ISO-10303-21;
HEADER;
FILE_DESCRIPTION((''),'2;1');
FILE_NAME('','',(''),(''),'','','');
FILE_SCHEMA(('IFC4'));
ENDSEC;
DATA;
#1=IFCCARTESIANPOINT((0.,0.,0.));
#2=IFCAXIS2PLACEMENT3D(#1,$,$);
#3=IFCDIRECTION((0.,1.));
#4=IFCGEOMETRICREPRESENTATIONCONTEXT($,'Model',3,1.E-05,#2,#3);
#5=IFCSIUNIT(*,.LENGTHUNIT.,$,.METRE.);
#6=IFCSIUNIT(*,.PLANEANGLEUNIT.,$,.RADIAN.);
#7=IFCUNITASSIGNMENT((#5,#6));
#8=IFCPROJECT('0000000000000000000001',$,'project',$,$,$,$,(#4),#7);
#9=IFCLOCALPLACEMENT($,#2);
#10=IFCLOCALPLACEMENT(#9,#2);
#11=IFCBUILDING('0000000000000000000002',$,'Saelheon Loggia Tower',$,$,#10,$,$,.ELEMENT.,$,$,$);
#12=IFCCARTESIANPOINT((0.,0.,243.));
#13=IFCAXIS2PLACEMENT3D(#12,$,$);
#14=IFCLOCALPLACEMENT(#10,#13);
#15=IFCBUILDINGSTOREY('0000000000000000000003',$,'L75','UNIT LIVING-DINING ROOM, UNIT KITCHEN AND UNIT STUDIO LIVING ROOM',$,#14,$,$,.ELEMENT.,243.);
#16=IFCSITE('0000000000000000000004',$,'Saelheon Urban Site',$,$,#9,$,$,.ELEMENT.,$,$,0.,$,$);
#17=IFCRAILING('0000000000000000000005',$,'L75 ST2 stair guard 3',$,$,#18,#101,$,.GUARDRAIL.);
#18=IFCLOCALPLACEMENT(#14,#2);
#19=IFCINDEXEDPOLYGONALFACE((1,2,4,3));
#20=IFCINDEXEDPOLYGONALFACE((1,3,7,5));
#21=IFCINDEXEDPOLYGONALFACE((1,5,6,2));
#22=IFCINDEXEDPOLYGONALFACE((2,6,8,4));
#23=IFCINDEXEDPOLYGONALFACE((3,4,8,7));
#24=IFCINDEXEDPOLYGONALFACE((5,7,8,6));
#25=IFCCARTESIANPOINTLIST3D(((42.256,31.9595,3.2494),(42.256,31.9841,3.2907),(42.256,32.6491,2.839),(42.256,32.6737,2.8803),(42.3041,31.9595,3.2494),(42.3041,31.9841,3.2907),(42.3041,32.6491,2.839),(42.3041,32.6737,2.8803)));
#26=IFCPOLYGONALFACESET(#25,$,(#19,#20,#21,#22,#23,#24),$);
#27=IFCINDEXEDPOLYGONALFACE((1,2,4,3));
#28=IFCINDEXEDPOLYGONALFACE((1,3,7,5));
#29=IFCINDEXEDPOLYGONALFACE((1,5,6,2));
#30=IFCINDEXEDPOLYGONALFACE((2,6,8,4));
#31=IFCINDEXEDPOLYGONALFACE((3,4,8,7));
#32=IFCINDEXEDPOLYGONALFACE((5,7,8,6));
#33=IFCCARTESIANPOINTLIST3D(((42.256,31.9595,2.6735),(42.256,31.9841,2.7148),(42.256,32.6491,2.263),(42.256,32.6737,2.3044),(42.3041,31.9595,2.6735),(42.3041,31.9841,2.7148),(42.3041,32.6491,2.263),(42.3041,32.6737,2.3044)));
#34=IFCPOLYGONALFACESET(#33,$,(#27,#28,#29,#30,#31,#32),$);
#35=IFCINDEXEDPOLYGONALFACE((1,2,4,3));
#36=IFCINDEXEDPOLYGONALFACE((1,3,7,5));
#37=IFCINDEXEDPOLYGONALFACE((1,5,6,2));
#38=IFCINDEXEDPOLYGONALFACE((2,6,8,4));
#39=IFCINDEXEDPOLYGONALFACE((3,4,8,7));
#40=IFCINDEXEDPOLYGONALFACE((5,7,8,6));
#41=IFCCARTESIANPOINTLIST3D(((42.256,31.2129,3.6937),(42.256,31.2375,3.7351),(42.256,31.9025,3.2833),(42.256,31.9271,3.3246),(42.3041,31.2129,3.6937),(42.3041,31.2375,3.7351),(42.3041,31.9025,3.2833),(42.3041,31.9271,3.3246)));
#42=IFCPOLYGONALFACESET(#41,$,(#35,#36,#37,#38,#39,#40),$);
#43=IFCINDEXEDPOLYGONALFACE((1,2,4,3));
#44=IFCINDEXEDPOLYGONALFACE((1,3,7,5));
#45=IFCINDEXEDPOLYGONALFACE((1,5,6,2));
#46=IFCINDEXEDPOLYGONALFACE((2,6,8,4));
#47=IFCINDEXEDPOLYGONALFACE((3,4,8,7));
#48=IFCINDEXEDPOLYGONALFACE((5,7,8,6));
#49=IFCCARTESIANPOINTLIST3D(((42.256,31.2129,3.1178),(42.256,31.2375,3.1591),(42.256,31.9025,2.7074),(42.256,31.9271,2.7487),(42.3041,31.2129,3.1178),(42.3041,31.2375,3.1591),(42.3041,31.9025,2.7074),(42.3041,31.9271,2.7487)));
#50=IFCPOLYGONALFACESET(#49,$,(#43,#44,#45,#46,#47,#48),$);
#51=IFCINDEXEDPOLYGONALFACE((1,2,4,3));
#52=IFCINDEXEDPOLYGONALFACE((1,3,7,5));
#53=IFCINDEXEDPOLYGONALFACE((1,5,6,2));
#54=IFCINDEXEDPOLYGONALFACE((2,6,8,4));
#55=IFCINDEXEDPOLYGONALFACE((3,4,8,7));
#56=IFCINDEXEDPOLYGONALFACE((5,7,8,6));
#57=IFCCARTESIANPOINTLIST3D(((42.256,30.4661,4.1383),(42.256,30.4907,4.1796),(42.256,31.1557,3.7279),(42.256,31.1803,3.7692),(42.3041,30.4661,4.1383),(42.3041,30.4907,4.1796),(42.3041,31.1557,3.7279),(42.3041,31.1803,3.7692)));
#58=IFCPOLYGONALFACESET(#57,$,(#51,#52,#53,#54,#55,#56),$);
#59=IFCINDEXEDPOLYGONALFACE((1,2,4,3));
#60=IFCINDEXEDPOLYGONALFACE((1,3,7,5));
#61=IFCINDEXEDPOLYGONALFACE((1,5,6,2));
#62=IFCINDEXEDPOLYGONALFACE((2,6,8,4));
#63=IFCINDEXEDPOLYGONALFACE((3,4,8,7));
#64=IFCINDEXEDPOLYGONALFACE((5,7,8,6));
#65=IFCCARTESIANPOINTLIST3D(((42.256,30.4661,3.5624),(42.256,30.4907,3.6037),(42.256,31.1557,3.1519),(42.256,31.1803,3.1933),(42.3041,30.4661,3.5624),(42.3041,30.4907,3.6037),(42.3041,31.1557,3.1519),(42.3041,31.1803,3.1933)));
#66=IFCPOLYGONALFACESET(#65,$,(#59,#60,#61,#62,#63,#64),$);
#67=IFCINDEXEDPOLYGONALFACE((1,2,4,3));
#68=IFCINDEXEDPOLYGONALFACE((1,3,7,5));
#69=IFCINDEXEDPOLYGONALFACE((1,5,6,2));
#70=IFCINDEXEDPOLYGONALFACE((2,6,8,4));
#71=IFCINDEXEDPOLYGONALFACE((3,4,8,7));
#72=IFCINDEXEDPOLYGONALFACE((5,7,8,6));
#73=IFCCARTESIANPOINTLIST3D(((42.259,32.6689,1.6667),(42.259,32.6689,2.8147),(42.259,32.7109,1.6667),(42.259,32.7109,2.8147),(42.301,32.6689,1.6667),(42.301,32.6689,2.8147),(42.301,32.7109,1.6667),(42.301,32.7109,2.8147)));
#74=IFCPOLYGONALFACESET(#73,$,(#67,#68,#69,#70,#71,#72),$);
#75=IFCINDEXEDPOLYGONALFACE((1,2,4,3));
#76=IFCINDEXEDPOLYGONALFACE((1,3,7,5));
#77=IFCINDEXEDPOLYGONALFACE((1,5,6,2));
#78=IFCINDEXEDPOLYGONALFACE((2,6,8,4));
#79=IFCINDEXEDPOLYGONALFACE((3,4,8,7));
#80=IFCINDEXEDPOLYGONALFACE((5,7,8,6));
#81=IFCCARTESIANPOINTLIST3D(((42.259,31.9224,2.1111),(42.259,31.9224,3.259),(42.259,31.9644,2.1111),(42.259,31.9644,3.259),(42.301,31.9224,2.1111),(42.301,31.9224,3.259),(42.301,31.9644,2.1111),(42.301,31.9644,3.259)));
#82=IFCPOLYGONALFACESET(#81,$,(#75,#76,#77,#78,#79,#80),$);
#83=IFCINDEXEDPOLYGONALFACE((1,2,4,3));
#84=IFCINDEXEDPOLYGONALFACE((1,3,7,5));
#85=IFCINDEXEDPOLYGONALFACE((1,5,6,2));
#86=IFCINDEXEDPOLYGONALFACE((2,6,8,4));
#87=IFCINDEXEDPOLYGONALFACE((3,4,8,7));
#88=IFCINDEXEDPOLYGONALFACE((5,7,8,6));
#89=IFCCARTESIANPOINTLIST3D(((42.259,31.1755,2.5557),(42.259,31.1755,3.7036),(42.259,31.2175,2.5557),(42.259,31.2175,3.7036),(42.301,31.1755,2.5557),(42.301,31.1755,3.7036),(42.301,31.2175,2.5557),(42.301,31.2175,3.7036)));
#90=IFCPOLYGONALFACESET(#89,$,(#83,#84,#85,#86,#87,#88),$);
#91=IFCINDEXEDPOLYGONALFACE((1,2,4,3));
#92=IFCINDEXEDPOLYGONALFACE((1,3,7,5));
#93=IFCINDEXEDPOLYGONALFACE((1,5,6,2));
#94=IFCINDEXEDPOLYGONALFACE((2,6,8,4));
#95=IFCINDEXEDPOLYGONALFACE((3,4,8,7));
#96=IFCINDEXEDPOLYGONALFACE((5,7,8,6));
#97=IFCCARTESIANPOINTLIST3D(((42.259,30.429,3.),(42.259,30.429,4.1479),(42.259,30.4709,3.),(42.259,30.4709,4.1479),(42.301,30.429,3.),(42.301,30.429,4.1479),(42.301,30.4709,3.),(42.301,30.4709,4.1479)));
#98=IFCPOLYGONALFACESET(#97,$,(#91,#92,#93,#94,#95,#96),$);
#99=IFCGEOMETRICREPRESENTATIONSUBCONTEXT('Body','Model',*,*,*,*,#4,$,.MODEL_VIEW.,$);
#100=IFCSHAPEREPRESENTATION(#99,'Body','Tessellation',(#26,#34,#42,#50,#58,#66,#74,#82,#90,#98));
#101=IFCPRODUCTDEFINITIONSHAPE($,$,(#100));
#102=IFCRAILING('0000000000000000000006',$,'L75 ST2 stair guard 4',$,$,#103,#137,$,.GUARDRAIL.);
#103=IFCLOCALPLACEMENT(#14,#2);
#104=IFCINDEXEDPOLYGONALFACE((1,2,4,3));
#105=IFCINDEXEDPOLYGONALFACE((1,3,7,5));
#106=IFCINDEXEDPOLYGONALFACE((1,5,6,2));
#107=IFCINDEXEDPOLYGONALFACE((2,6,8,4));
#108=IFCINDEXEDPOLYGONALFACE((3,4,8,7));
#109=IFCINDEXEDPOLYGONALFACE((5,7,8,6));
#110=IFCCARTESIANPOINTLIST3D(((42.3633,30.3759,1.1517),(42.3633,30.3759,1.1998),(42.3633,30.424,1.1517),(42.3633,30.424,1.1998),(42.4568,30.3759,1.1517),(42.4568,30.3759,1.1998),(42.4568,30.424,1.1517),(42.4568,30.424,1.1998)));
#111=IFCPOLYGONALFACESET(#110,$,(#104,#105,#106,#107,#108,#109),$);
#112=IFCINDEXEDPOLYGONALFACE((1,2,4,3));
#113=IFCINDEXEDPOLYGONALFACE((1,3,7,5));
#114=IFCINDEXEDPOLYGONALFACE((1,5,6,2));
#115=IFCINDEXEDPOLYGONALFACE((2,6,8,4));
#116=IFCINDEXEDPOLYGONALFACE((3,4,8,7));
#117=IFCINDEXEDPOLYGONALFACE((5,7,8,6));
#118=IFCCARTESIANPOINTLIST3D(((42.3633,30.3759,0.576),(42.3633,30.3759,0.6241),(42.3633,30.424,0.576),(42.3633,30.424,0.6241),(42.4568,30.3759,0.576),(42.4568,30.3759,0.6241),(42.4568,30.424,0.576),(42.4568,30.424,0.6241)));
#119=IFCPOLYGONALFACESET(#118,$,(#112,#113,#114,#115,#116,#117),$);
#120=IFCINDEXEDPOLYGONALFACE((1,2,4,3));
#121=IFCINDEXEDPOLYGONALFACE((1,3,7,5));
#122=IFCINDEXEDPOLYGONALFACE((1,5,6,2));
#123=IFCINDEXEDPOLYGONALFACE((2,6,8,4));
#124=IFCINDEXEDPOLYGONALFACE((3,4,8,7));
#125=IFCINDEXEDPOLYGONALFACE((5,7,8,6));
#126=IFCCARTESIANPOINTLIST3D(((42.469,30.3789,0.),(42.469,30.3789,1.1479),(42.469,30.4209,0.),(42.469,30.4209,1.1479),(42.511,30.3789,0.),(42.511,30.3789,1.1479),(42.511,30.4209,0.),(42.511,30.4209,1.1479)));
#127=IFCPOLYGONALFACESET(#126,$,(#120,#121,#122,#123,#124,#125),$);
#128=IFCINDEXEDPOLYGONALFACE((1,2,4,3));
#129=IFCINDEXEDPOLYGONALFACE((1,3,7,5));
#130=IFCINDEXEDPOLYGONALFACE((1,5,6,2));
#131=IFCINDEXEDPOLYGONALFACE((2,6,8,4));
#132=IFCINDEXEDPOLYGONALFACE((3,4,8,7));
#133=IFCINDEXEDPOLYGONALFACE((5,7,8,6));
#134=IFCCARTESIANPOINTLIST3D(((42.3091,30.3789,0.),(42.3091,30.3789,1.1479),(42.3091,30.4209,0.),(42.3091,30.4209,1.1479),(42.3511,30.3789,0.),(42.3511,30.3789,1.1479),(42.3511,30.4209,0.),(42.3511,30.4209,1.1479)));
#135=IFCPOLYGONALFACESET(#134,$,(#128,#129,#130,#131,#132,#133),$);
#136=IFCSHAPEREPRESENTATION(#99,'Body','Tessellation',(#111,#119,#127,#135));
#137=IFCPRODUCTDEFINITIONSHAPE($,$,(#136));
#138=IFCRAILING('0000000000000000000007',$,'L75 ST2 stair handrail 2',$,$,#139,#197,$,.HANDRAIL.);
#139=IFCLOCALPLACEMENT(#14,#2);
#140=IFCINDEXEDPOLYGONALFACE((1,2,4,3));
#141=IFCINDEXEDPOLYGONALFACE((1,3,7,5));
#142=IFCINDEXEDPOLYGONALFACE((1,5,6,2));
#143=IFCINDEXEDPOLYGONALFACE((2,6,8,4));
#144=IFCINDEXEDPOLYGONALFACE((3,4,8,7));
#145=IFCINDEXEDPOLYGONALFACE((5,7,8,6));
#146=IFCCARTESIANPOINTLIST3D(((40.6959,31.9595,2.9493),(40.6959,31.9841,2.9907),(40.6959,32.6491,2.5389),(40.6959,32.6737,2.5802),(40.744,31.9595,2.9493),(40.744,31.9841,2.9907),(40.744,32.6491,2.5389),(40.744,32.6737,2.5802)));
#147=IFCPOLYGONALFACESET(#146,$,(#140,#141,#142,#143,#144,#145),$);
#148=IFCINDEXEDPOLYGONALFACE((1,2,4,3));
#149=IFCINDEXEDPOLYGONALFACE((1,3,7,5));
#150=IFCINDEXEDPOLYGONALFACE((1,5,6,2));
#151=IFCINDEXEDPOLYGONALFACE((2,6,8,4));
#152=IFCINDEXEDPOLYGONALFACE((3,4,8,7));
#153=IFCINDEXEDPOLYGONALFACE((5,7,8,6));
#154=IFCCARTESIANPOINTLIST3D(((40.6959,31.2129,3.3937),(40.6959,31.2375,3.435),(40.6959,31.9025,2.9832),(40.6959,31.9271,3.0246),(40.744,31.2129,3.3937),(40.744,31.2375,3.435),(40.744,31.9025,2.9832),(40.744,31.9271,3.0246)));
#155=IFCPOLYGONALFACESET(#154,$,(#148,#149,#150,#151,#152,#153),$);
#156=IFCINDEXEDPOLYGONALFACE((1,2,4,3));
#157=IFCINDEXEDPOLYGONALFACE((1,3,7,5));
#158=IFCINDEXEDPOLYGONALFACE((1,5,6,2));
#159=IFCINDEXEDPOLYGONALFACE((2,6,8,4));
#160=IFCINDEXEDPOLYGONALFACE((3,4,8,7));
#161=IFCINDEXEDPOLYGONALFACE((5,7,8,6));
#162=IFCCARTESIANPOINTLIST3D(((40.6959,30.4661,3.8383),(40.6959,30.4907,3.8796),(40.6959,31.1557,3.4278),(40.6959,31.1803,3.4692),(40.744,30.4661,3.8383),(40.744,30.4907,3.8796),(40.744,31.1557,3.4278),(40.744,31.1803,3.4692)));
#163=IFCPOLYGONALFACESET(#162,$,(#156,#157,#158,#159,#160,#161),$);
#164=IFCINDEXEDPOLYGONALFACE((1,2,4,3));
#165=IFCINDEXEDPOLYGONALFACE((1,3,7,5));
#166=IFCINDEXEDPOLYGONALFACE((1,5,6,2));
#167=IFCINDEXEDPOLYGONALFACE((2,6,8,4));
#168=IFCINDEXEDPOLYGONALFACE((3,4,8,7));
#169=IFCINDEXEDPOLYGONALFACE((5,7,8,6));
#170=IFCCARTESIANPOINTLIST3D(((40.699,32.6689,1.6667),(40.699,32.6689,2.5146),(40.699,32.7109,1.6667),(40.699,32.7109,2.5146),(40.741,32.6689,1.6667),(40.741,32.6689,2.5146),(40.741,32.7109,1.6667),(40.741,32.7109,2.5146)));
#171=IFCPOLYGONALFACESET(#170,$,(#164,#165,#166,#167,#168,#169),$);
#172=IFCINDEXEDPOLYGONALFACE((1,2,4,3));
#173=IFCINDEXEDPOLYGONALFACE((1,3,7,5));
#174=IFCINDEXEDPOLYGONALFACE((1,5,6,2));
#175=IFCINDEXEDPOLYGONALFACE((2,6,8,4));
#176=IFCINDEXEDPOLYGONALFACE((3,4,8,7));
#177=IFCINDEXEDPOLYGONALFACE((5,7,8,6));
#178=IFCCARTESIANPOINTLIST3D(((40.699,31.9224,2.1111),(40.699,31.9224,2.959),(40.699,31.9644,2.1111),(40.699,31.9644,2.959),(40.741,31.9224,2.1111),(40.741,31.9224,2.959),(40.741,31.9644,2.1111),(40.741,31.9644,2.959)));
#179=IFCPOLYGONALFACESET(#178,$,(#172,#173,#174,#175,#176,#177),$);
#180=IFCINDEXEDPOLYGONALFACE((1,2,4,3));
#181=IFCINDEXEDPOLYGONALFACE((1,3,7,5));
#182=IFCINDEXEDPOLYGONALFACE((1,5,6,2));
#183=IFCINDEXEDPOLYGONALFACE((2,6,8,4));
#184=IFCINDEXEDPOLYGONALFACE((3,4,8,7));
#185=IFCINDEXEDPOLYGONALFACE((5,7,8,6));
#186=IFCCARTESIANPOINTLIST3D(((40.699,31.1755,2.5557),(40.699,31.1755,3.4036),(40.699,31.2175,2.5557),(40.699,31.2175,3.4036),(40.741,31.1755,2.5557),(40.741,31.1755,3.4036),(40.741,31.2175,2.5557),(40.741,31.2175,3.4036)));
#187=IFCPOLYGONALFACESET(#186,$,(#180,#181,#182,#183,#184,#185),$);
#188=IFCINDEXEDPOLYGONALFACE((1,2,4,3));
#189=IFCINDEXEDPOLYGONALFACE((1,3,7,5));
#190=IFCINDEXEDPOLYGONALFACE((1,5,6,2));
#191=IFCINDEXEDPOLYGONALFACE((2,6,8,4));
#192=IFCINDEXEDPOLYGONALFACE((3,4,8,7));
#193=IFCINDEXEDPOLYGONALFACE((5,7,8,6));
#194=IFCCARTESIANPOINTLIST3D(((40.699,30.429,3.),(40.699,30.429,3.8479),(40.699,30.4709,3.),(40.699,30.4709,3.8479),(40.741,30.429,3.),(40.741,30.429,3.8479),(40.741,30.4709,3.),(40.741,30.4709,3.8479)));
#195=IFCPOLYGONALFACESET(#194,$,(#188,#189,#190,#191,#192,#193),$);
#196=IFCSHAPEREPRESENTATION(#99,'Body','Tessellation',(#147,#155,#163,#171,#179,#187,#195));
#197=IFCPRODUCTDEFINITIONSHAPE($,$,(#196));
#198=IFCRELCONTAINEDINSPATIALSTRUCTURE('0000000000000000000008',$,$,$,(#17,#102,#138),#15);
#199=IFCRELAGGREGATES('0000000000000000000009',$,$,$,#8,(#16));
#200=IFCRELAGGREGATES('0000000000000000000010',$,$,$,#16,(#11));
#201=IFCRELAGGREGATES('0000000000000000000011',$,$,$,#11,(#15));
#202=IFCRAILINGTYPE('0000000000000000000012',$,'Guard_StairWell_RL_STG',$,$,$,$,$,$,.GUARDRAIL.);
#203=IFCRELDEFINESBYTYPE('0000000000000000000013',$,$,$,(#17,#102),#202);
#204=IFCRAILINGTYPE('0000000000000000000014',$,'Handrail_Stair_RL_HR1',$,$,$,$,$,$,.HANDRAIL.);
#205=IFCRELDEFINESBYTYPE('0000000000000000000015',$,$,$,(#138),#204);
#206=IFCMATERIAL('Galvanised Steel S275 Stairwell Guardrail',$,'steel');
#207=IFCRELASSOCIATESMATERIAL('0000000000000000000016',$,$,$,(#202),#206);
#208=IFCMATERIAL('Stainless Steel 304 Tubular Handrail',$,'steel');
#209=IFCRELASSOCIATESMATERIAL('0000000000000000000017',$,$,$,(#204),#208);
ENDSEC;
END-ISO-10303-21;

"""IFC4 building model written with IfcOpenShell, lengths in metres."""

from ifc_helpers import new_model, si_unit, direction, frame, origin, origin_2d, place, context, subcontext, project, spatial, rectangle, extrude, material, type_object, element, save


model = new_model("IFC4")

# Units and contexts
model_context = context("Model", 3, precision=1e-05, world=origin(), true_north=direction((0.0, 1.0)))
body_context = subcontext(model_context, "Body", "Model", "MODEL_VIEW")
ifc_project = project(units=[si_unit("LENGTHUNIT", "METRE"), si_unit("PLANEANGLEUNIT", "RADIAN")], contexts=[model_context])

# Site, building, storey
site_placement = place(None, origin())
site = spatial("IfcSite", under=ifc_project, at=site_placement, Name="Saelheon Urban Site", CompositionType="ELEMENT", RefElevation=0.0)
building_placement = place(site_placement, origin())
building = spatial("IfcBuilding", under=site, at=building_placement, Name="Saelheon Loggia Tower", CompositionType="ELEMENT")
storey_placement = place(building_placement, frame((0.0, 0.0, 243.0)))
storey = spatial("IfcBuildingStorey", under=building, at=storey_placement, Name="L75", Description="UNIT LIVING-DINING ROOM, UNIT KITCHEN AND UNIT STUDIO LIVING ROOM", CompositionType="ELEMENT", Elevation=243.0)

# Railings
ifc_material_1 = material(Name="Galvanised Steel S275 Stairwell Guardrail", Category="steel")
railing_type_1 = type_object("IfcRailingType", Name="Guard_StairWell_RL_STG", PredefinedType="GUARDRAIL", material=ifc_material_1)
railing_1_placement = place(storey_placement, frame((42.28, 32.6899, 1.6667)))
element("IfcRailing", 1, at=railing_1_placement, inside=storey, type_object=railing_type_1, Name="L75 ST2 stair guard 3", PredefinedType="GUARDRAIL", context=body_context, shape_type="SweptSolid", body=[
    extrude(rectangle(XDim=0.0481, YDim=0.0481, at=origin_2d()), frame((0.0, -0.0286, 1.1929), z_axis=(0.0, -0.859306, 0.511462), x_axis=(1.0, 0.0, 0.0)), (0.0, 0.0, 1.0), 0.8025),
    extrude(rectangle(XDim=0.0481, YDim=0.0481, at=origin_2d()), frame((0.0, -0.0286, 0.6169), z_axis=(0.0, -0.859306, 0.511462), x_axis=(1.0, 0.0, 0.0)), (0.0, 0.0, 1.0), 0.8025),
    extrude(rectangle(XDim=0.0481, YDim=0.0481, at=origin_2d()), frame((0.0, -0.7751, 1.6372), z_axis=(0.0, -0.859306, 0.511462), x_axis=(1.0, 0.0, 0.0)), (0.0, 0.0, 1.0), 0.8025),
    extrude(rectangle(XDim=0.0481, YDim=0.0481, at=origin_2d()), frame((0.0, -0.7751, 1.0613), z_axis=(0.0, -0.859306, 0.511462), x_axis=(1.0, 0.0, 0.0)), (0.0, 0.0, 1.0), 0.8025),
    extrude(rectangle(XDim=0.0481, YDim=0.0481, at=origin_2d()), frame((0.0, -1.522, 2.0818), z_axis=(0.0, -0.859306, 0.511462), x_axis=(1.0, 0.0, 0.0)), (0.0, 0.0, 1.0), 0.8025),
    extrude(rectangle(XDim=0.0481, YDim=0.0481, at=origin_2d()), frame((0.0, -1.522, 1.5059), z_axis=(0.0, -0.859306, 0.511462), x_axis=(1.0, 0.0, 0.0)), (0.0, 0.0, 1.0), 0.8025),
    extrude(rectangle(XDim=0.042, YDim=0.042, at=origin_2d()), origin(), (0.0, 0.0, 1.0), 1.1479),
    extrude(rectangle(XDim=0.042, YDim=0.042, at=origin_2d()), frame((0.0, -0.7466, 0.4443)), (0.0, 0.0, 1.0), 1.1479),
    extrude(rectangle(XDim=0.042, YDim=0.042, at=origin_2d()), frame((0.0, -1.4934, 0.8889)), (0.0, 0.0, 1.0), 1.1479),
    extrude(rectangle(XDim=0.042, YDim=0.042, at=origin_2d()), frame((0.0, -2.24, 1.3333)), (0.0, 0.0, 1.0), 1.1479),
])
railing_2_placement = place(storey_placement, frame((42.49, 30.3999, 0.0)))
element("IfcRailing", 2, at=railing_2_placement, inside=storey, type_object=railing_type_1, Name="L75 ST2 stair guard 4", PredefinedType="GUARDRAIL", context=body_context, shape_type="SweptSolid", body=[
    extrude(rectangle(XDim=0.0481, YDim=0.0481, at=origin_2d()), frame((-0.0332, 0.0, 1.1758), z_axis=(-1.0, 0.0, 0.0), x_axis=(0.0, -1.0, 0.0)), (0.0, 0.0, 1.0), 0.0935),
    extrude(rectangle(XDim=0.0481, YDim=0.0481, at=origin_2d()), frame((-0.0332, 0.0, 0.6001), z_axis=(-1.0, 0.0, 0.0), x_axis=(0.0, -1.0, 0.0)), (0.0, 0.0, 1.0), 0.0935),
    extrude(rectangle(XDim=0.042, YDim=0.042, at=origin_2d()), origin(), (0.0, 0.0, 1.0), 1.1479),
    extrude(rectangle(XDim=0.042, YDim=0.042, at=origin_2d()), frame((-0.1599, 0.0, 0.0)), (0.0, 0.0, 1.0), 1.1479),
])
ifc_material_2 = material(Name="Stainless Steel 304 Tubular Handrail", Category="steel")
railing_type_2 = type_object("IfcRailingType", Name="Handrail_Stair_RL_HR1", PredefinedType="HANDRAIL", material=ifc_material_2)
railing_3_placement = place(storey_placement, frame((40.72, 32.6899, 1.6667)))
element("IfcRailing", 3, at=railing_3_placement, inside=storey, type_object=railing_type_2, Name="L75 ST2 stair handrail 2", PredefinedType="HANDRAIL", context=body_context, shape_type="SweptSolid", body=[
    extrude(rectangle(XDim=0.0481, YDim=0.0481, at=origin_2d()), frame((0.0, -0.0286, 0.8928), z_axis=(0.0, -0.859306, 0.511462), x_axis=(1.0, 0.0, 0.0)), (0.0, 0.0, 1.0), 0.8025),
    extrude(rectangle(XDim=0.0481, YDim=0.0481, at=origin_2d()), frame((0.0, -0.7751, 1.3372), z_axis=(0.0, -0.859306, 0.511462), x_axis=(1.0, 0.0, 0.0)), (0.0, 0.0, 1.0), 0.8025),
    extrude(rectangle(XDim=0.0481, YDim=0.0481, at=origin_2d()), frame((0.0, -1.522, 1.7817), z_axis=(0.0, -0.859306, 0.511462), x_axis=(1.0, 0.0, 0.0)), (0.0, 0.0, 1.0), 0.8025),
    extrude(rectangle(XDim=0.042, YDim=0.042, at=origin_2d()), origin(), (0.0, 0.0, 1.0), 0.8479),
    extrude(rectangle(XDim=0.042, YDim=0.042, at=origin_2d()), frame((0.0, -0.7466, 0.4443)), (0.0, 0.0, 1.0), 0.8479),
    extrude(rectangle(XDim=0.042, YDim=0.042, at=origin_2d()), frame((0.0, -1.4934, 0.8889)), (0.0, 0.0, 1.0), 0.8479),
    extrude(rectangle(XDim=0.042, YDim=0.042, at=origin_2d()), frame((0.0, -2.24, 1.3333)), (0.0, 0.0, 1.0), 0.8479),
])

save(model, "model.ifc")
